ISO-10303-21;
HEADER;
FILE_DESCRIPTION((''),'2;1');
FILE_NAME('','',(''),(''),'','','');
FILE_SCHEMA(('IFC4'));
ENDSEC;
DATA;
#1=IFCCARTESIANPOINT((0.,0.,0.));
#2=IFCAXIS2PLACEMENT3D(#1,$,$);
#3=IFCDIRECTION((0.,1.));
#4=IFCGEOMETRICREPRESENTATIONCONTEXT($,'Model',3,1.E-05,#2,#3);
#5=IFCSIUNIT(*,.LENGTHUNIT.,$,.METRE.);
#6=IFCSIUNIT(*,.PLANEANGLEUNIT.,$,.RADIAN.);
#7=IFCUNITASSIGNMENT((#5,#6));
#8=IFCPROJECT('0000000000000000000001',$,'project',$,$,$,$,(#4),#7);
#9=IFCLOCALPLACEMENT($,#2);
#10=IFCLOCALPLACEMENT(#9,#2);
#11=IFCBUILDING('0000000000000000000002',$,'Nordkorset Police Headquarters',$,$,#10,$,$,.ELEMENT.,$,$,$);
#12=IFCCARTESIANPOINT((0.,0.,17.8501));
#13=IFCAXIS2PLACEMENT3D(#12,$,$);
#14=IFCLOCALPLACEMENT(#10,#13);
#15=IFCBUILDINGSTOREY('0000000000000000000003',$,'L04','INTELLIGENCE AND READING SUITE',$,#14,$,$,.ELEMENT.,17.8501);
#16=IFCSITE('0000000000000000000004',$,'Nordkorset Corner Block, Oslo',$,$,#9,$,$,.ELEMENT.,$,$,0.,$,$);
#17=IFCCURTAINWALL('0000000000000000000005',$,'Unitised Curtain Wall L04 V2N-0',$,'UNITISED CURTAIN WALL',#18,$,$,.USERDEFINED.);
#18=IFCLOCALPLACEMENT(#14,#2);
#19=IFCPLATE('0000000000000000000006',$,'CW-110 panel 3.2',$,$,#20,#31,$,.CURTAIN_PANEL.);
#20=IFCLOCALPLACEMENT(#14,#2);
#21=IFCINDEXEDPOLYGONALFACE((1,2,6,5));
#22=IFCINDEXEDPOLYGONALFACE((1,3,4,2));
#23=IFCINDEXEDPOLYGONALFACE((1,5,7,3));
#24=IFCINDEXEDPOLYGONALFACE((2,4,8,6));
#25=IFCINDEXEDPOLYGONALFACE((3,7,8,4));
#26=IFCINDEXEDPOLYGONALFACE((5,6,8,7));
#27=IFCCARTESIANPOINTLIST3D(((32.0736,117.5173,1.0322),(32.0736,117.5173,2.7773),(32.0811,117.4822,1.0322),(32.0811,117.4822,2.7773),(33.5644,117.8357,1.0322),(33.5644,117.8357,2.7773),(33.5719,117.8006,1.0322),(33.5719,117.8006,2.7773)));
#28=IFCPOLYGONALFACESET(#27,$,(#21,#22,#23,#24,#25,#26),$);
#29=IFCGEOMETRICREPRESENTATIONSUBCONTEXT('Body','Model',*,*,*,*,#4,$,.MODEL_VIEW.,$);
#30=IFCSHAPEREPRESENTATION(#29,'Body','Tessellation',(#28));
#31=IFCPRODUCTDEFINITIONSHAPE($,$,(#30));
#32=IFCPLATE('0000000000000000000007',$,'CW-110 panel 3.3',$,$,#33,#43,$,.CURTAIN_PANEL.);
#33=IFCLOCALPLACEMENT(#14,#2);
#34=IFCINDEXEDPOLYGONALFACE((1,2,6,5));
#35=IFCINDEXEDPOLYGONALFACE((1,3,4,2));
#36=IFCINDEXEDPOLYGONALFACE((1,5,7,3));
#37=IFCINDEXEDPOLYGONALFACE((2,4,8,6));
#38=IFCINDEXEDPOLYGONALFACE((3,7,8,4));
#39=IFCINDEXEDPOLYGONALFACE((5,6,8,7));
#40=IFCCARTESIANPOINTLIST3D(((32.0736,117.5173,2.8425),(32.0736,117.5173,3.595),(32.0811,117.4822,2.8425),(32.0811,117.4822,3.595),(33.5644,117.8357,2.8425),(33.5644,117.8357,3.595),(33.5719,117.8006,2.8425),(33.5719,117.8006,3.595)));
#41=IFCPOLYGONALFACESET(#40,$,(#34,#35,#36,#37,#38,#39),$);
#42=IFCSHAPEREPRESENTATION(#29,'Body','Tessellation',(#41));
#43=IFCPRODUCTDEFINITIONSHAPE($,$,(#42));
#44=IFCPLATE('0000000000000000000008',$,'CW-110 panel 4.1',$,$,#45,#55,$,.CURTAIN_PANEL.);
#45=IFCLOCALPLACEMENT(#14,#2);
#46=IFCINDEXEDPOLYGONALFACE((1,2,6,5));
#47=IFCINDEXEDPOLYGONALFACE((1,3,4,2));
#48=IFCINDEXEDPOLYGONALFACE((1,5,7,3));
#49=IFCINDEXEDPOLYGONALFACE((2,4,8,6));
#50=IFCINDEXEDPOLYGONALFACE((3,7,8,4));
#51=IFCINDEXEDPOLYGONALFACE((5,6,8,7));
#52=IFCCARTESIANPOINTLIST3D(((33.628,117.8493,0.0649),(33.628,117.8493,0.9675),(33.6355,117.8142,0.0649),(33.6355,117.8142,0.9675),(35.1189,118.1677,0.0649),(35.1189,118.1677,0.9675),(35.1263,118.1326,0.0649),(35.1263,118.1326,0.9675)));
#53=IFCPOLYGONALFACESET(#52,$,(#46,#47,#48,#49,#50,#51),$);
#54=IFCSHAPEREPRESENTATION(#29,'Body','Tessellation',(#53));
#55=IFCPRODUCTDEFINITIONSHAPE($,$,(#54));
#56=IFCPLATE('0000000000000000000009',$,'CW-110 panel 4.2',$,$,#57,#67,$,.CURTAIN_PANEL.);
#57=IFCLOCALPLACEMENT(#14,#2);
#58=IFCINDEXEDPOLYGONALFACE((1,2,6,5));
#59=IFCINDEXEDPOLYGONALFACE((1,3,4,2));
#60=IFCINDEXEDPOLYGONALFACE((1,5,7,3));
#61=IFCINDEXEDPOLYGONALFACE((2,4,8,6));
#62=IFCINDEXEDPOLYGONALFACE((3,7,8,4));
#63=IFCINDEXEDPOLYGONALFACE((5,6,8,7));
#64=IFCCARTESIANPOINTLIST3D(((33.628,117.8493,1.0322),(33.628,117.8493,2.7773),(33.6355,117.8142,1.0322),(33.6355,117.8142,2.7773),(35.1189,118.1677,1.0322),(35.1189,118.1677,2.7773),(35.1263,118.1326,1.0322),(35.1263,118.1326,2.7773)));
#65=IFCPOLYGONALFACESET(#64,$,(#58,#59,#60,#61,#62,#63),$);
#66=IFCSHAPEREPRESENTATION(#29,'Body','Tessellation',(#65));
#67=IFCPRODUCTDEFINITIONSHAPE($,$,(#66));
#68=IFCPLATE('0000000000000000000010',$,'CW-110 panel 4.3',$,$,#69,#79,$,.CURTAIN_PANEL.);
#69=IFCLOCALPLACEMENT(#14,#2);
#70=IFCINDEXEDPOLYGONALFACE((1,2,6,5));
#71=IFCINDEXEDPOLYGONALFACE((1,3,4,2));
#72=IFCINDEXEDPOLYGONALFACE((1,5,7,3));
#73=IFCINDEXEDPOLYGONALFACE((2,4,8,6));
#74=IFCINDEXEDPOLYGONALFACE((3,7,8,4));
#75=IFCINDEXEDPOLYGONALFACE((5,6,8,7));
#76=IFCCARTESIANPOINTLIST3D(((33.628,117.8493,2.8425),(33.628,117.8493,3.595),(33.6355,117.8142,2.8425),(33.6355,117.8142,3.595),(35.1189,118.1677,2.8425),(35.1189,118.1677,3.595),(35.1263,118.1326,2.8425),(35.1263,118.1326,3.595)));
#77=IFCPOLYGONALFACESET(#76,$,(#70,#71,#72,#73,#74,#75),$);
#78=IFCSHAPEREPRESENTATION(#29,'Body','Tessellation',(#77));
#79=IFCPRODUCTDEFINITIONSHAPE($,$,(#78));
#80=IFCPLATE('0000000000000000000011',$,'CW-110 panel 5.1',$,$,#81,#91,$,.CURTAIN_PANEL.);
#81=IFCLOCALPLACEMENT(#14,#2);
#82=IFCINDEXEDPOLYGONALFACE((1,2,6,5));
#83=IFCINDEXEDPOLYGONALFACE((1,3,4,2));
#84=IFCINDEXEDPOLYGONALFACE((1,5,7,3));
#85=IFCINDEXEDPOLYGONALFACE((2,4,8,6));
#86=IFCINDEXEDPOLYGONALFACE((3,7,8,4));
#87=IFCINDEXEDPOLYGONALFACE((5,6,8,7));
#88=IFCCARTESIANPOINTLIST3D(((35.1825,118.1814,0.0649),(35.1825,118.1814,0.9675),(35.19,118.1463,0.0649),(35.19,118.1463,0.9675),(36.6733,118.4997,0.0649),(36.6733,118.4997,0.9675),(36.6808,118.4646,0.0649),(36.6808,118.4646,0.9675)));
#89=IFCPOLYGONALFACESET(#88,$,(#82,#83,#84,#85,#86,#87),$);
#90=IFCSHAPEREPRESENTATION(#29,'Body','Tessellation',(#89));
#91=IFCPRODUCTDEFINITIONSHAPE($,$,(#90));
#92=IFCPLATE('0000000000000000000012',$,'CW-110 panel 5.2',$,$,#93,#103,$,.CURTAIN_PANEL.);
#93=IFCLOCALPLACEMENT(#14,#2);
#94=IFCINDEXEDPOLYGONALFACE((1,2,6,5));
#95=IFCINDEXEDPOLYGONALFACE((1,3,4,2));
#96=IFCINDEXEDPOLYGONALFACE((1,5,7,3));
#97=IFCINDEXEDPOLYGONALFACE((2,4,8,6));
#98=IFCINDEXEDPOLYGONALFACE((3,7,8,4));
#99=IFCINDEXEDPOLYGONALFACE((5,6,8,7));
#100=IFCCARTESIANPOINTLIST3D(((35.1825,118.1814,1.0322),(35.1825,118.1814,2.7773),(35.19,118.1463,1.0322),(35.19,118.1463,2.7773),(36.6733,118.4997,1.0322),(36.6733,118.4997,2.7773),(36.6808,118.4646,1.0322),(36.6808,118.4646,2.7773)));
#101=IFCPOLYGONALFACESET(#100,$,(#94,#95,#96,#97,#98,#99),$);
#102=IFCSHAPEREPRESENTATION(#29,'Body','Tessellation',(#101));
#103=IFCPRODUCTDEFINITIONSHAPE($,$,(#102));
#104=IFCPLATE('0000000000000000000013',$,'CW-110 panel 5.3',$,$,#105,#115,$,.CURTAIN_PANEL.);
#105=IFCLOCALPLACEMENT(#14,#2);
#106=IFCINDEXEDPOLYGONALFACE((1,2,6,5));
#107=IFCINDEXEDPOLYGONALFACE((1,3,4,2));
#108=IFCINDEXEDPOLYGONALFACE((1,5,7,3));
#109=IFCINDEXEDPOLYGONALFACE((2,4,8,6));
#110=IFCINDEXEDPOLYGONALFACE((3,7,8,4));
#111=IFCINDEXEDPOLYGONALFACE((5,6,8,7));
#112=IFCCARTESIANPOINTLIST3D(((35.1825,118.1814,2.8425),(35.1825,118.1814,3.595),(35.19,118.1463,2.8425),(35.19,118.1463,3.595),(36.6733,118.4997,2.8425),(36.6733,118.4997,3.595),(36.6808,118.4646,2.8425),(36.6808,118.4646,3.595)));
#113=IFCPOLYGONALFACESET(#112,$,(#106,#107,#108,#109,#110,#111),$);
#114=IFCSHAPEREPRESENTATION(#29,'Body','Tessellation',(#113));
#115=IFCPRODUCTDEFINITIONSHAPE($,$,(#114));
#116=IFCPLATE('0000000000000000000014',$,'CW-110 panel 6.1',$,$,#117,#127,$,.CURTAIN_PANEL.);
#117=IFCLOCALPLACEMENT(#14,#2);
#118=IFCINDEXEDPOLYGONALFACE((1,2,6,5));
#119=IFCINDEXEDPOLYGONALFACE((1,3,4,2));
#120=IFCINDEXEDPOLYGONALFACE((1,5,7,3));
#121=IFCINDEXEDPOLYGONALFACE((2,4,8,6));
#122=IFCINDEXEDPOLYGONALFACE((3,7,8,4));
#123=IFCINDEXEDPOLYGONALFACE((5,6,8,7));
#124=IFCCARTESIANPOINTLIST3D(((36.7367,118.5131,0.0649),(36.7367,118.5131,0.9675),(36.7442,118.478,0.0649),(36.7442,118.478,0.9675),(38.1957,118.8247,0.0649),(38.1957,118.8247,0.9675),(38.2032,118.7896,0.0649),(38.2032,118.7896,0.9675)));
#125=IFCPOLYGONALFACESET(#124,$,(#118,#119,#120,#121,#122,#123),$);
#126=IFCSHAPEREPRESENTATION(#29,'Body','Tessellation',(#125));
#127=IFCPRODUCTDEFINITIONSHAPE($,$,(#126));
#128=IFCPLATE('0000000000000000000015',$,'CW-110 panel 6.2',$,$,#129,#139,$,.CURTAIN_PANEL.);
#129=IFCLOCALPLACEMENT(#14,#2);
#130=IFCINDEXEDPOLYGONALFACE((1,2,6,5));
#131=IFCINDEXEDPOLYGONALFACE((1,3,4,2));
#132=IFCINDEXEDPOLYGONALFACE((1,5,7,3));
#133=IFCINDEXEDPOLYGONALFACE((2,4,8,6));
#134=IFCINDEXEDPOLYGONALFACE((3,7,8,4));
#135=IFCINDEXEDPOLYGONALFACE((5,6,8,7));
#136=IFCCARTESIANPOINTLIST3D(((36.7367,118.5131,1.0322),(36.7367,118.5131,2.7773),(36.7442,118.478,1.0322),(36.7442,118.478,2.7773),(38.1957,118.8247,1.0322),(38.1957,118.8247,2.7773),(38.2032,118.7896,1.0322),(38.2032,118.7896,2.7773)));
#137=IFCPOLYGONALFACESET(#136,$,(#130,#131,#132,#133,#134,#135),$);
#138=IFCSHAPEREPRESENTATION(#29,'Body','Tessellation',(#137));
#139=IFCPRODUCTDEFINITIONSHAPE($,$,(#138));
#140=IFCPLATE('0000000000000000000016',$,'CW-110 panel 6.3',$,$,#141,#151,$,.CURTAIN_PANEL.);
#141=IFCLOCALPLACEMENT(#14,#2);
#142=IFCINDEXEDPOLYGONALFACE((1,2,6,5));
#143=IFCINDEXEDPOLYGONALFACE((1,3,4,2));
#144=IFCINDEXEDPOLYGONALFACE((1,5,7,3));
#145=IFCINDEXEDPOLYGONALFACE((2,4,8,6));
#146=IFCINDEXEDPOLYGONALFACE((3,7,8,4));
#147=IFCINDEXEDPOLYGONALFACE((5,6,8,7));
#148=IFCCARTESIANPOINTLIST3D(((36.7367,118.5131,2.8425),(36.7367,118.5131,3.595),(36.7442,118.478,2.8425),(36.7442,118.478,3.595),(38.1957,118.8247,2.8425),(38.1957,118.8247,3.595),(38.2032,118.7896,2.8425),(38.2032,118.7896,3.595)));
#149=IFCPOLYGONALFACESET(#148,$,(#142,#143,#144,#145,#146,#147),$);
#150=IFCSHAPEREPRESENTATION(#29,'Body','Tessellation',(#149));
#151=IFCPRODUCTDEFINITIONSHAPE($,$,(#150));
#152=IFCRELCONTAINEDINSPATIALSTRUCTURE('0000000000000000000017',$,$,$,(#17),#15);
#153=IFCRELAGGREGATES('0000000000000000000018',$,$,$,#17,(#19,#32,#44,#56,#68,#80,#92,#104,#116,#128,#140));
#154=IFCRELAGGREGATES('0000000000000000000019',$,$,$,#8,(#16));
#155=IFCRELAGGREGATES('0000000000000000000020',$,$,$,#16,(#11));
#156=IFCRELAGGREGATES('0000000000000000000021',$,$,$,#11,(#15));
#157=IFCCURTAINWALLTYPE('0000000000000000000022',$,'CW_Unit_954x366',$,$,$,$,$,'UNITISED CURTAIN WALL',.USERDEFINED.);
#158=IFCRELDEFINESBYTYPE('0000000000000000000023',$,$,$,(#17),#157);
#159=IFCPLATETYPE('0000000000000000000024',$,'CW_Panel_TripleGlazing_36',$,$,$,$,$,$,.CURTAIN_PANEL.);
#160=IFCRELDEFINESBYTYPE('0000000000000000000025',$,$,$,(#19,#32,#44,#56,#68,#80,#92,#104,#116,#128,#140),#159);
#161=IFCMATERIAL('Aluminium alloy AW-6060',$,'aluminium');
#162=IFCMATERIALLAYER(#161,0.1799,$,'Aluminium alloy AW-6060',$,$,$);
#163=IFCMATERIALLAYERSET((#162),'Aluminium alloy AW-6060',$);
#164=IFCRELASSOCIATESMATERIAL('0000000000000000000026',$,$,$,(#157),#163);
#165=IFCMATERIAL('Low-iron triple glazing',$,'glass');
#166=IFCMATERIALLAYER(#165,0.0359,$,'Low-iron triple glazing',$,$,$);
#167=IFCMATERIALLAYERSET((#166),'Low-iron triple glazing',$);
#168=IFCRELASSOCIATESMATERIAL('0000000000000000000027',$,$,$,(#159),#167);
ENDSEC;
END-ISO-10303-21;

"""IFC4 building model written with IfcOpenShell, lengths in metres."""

from ifc_helpers import new_model, si_unit, direction, frame, origin, origin_2d, place, context, subcontext, project, spatial, rectangle, extrude, material, layer, layer_set, type_object, element, aggregate, save


model = new_model("IFC4")

# Units and contexts
model_context = context("Model", 3, precision=1e-05, world=origin(), true_north=direction((0.0, 1.0)))
body_context = subcontext(model_context, "Body", "Model", "MODEL_VIEW")
ifc_project = project(units=[si_unit("LENGTHUNIT", "METRE"), si_unit("PLANEANGLEUNIT", "RADIAN")], contexts=[model_context])

# Site, building, storey
site_placement = place(None, origin())
site = spatial("IfcSite", under=ifc_project, at=site_placement, Name="Nordkorset Corner Block, Oslo", CompositionType="ELEMENT", RefElevation=0.0)
building_placement = place(site_placement, origin())
building = spatial("IfcBuilding", under=site, at=building_placement, Name="Nordkorset Police Headquarters", CompositionType="ELEMENT")
storey_placement = place(building_placement, frame((0.0, 0.0, 17.8501)))
storey = spatial("IfcBuildingStorey", under=building, at=storey_placement, Name="L04", Description="INTELLIGENCE AND READING SUITE", CompositionType="ELEMENT", Elevation=17.8501)

# Curtain wall, plates
ifc_material_1 = material(Name="Aluminium alloy AW-6060", Category="aluminium")
ifc_layer_1 = layer(ifc_material_1, 0.1799, Name="Aluminium alloy AW-6060")
ifc_layer_set_1 = layer_set([ifc_layer_1], Name="Aluminium alloy AW-6060")
curtain_wall_type = type_object("IfcCurtainWallType", Name="CW_Unit_954x366", ElementType="UNITISED CURTAIN WALL", PredefinedType="USERDEFINED", material=ifc_layer_set_1)
curtain_wall_placement = place(storey_placement, origin())
curtain_wall = element("IfcCurtainWall", 1, at=curtain_wall_placement, inside=storey, type_object=curtain_wall_type, Name="Unitised Curtain Wall L04 V2N-0", ObjectType="UNITISED CURTAIN WALL", PredefinedType="USERDEFINED")
ifc_material_2 = material(Name="Low-iron triple glazing", Category="glass")
ifc_layer_2 = layer(ifc_material_2, 0.0359, Name="Low-iron triple glazing")
ifc_layer_set_2 = layer_set([ifc_layer_2], Name="Low-iron triple glazing")
plate_type = type_object("IfcPlateType", Name="CW_Panel_TripleGlazing_36", PredefinedType="CURTAIN_PANEL", material=ifc_layer_set_2)
plate_1_placement = place(storey_placement, frame((32.8228, 117.6589, 1.0322), z_axis=(0.0, 0.0, 1.0), x_axis=(0.977951, 0.208833, 0.0)))
plate_1 = element("IfcPlate", 2, at=plate_1_placement, type_object=plate_type, Name="CW-110 panel 3.2", PredefinedType="CURTAIN_PANEL", context=body_context, shape_type="SweptSolid", body=[
    extrude(rectangle(XDim=1.5244, YDim=0.0359, at=origin_2d()), origin(), (0.0, 0.0, 1.0), 1.7451),
])
plate_2_placement = place(storey_placement, frame((32.8228, 117.6589, 2.8425), z_axis=(0.0, 0.0, 1.0), x_axis=(0.977951, 0.208833, 0.0)))
plate_2 = element("IfcPlate", 3, at=plate_2_placement, type_object=plate_type, Name="CW-110 panel 3.3", PredefinedType="CURTAIN_PANEL", context=body_context, shape_type="SweptSolid", body=[
    extrude(rectangle(XDim=1.5244, YDim=0.0359, at=origin_2d()), origin(), (0.0, 0.0, 1.0), 0.7524),
])
plate_3_placement = place(storey_placement, frame((34.3772, 117.991, 0.0649), z_axis=(0.0, 0.0, 1.0), x_axis=(0.977951, 0.208833, 0.0)))
plate_3 = element("IfcPlate", 4, at=plate_3_placement, type_object=plate_type, Name="CW-110 panel 4.1", PredefinedType="CURTAIN_PANEL", context=body_context, shape_type="SweptSolid", body=[
    extrude(rectangle(XDim=1.5244, YDim=0.0359, at=origin_2d()), origin(), (0.0, 0.0, 1.0), 0.9026),
])
plate_4_placement = place(storey_placement, frame((34.3772, 117.991, 1.0322), z_axis=(0.0, 0.0, 1.0), x_axis=(0.977951, 0.208833, 0.0)))
plate_4 = element("IfcPlate", 5, at=plate_4_placement, type_object=plate_type, Name="CW-110 panel 4.2", PredefinedType="CURTAIN_PANEL", context=body_context, shape_type="SweptSolid", body=[
    extrude(rectangle(XDim=1.5244, YDim=0.0359, at=origin_2d()), origin(), (0.0, 0.0, 1.0), 1.7451),
])
plate_5_placement = place(storey_placement, frame((34.3772, 117.991, 2.8425), z_axis=(0.0, 0.0, 1.0), x_axis=(0.977951, 0.208833, 0.0)))
plate_5 = element("IfcPlate", 6, at=plate_5_placement, type_object=plate_type, Name="CW-110 panel 4.3", PredefinedType="CURTAIN_PANEL", context=body_context, shape_type="SweptSolid", body=[
    extrude(rectangle(XDim=1.5244, YDim=0.0359, at=origin_2d()), origin(), (0.0, 0.0, 1.0), 0.7524),
])
plate_6_placement = place(storey_placement, frame((35.9316, 118.323, 0.0649), z_axis=(0.0, 0.0, 1.0), x_axis=(0.977951, 0.208833, 0.0)))
plate_6 = element("IfcPlate", 7, at=plate_6_placement, type_object=plate_type, Name="CW-110 panel 5.1", PredefinedType="CURTAIN_PANEL", context=body_context, shape_type="SweptSolid", body=[
    extrude(rectangle(XDim=1.5244, YDim=0.0359, at=origin_2d()), origin(), (0.0, 0.0, 1.0), 0.9026),
])
plate_7_placement = place(storey_placement, frame((35.9316, 118.323, 1.0322), z_axis=(0.0, 0.0, 1.0), x_axis=(0.977951, 0.208833, 0.0)))
plate_7 = element("IfcPlate", 8, at=plate_7_placement, type_object=plate_type, Name="CW-110 panel 5.2", PredefinedType="CURTAIN_PANEL", context=body_context, shape_type="SweptSolid", body=[
    extrude(rectangle(XDim=1.5244, YDim=0.0359, at=origin_2d()), origin(), (0.0, 0.0, 1.0), 1.7451),
])
plate_8_placement = place(storey_placement, frame((35.9316, 118.323, 2.8425), z_axis=(0.0, 0.0, 1.0), x_axis=(0.977951, 0.208833, 0.0)))
plate_8 = element("IfcPlate", 9, at=plate_8_placement, type_object=plate_type, Name="CW-110 panel 5.3", PredefinedType="CURTAIN_PANEL", context=body_context, shape_type="SweptSolid", body=[
    extrude(rectangle(XDim=1.5244, YDim=0.0359, at=origin_2d()), origin(), (0.0, 0.0, 1.0), 0.7524),
])
plate_9_placement = place(storey_placement, frame((37.47, 118.6514, 0.0649), z_axis=(0.0, 0.0, 1.0), x_axis=(0.977951, 0.208833, 0.0)))
plate_9 = element("IfcPlate", 10, at=plate_9_placement, type_object=plate_type, Name="CW-110 panel 6.1", PredefinedType="CURTAIN_PANEL", context=body_context, shape_type="SweptSolid", body=[
    extrude(rectangle(XDim=1.4919, YDim=0.0359, at=origin_2d()), origin(), (0.0, 0.0, 1.0), 0.9026),
])
plate_10_placement = place(storey_placement, frame((37.47, 118.6514, 1.0322), z_axis=(0.0, 0.0, 1.0), x_axis=(0.977951, 0.208833, 0.0)))
plate_10 = element("IfcPlate", 11, at=plate_10_placement, type_object=plate_type, Name="CW-110 panel 6.2", PredefinedType="CURTAIN_PANEL", context=body_context, shape_type="SweptSolid", body=[
    extrude(rectangle(XDim=1.4919, YDim=0.0359, at=origin_2d()), origin(), (0.0, 0.0, 1.0), 1.7451),
])
plate_11_placement = place(storey_placement, frame((37.47, 118.6514, 2.8425), z_axis=(0.0, 0.0, 1.0), x_axis=(0.977951, 0.208833, 0.0)))
plate_11 = element("IfcPlate", 12, at=plate_11_placement, type_object=plate_type, Name="CW-110 panel 6.3", PredefinedType="CURTAIN_PANEL", context=body_context, shape_type="SweptSolid", body=[
    extrude(rectangle(XDim=1.4919, YDim=0.0359, at=origin_2d()), origin(), (0.0, 0.0, 1.0), 0.7524),
])
aggregate(curtain_wall, [plate_1, plate_2, plate_3, plate_4, plate_5, plate_6, plate_7, plate_8, plate_9, plate_10, plate_11])

save(model, "model.ifc")
